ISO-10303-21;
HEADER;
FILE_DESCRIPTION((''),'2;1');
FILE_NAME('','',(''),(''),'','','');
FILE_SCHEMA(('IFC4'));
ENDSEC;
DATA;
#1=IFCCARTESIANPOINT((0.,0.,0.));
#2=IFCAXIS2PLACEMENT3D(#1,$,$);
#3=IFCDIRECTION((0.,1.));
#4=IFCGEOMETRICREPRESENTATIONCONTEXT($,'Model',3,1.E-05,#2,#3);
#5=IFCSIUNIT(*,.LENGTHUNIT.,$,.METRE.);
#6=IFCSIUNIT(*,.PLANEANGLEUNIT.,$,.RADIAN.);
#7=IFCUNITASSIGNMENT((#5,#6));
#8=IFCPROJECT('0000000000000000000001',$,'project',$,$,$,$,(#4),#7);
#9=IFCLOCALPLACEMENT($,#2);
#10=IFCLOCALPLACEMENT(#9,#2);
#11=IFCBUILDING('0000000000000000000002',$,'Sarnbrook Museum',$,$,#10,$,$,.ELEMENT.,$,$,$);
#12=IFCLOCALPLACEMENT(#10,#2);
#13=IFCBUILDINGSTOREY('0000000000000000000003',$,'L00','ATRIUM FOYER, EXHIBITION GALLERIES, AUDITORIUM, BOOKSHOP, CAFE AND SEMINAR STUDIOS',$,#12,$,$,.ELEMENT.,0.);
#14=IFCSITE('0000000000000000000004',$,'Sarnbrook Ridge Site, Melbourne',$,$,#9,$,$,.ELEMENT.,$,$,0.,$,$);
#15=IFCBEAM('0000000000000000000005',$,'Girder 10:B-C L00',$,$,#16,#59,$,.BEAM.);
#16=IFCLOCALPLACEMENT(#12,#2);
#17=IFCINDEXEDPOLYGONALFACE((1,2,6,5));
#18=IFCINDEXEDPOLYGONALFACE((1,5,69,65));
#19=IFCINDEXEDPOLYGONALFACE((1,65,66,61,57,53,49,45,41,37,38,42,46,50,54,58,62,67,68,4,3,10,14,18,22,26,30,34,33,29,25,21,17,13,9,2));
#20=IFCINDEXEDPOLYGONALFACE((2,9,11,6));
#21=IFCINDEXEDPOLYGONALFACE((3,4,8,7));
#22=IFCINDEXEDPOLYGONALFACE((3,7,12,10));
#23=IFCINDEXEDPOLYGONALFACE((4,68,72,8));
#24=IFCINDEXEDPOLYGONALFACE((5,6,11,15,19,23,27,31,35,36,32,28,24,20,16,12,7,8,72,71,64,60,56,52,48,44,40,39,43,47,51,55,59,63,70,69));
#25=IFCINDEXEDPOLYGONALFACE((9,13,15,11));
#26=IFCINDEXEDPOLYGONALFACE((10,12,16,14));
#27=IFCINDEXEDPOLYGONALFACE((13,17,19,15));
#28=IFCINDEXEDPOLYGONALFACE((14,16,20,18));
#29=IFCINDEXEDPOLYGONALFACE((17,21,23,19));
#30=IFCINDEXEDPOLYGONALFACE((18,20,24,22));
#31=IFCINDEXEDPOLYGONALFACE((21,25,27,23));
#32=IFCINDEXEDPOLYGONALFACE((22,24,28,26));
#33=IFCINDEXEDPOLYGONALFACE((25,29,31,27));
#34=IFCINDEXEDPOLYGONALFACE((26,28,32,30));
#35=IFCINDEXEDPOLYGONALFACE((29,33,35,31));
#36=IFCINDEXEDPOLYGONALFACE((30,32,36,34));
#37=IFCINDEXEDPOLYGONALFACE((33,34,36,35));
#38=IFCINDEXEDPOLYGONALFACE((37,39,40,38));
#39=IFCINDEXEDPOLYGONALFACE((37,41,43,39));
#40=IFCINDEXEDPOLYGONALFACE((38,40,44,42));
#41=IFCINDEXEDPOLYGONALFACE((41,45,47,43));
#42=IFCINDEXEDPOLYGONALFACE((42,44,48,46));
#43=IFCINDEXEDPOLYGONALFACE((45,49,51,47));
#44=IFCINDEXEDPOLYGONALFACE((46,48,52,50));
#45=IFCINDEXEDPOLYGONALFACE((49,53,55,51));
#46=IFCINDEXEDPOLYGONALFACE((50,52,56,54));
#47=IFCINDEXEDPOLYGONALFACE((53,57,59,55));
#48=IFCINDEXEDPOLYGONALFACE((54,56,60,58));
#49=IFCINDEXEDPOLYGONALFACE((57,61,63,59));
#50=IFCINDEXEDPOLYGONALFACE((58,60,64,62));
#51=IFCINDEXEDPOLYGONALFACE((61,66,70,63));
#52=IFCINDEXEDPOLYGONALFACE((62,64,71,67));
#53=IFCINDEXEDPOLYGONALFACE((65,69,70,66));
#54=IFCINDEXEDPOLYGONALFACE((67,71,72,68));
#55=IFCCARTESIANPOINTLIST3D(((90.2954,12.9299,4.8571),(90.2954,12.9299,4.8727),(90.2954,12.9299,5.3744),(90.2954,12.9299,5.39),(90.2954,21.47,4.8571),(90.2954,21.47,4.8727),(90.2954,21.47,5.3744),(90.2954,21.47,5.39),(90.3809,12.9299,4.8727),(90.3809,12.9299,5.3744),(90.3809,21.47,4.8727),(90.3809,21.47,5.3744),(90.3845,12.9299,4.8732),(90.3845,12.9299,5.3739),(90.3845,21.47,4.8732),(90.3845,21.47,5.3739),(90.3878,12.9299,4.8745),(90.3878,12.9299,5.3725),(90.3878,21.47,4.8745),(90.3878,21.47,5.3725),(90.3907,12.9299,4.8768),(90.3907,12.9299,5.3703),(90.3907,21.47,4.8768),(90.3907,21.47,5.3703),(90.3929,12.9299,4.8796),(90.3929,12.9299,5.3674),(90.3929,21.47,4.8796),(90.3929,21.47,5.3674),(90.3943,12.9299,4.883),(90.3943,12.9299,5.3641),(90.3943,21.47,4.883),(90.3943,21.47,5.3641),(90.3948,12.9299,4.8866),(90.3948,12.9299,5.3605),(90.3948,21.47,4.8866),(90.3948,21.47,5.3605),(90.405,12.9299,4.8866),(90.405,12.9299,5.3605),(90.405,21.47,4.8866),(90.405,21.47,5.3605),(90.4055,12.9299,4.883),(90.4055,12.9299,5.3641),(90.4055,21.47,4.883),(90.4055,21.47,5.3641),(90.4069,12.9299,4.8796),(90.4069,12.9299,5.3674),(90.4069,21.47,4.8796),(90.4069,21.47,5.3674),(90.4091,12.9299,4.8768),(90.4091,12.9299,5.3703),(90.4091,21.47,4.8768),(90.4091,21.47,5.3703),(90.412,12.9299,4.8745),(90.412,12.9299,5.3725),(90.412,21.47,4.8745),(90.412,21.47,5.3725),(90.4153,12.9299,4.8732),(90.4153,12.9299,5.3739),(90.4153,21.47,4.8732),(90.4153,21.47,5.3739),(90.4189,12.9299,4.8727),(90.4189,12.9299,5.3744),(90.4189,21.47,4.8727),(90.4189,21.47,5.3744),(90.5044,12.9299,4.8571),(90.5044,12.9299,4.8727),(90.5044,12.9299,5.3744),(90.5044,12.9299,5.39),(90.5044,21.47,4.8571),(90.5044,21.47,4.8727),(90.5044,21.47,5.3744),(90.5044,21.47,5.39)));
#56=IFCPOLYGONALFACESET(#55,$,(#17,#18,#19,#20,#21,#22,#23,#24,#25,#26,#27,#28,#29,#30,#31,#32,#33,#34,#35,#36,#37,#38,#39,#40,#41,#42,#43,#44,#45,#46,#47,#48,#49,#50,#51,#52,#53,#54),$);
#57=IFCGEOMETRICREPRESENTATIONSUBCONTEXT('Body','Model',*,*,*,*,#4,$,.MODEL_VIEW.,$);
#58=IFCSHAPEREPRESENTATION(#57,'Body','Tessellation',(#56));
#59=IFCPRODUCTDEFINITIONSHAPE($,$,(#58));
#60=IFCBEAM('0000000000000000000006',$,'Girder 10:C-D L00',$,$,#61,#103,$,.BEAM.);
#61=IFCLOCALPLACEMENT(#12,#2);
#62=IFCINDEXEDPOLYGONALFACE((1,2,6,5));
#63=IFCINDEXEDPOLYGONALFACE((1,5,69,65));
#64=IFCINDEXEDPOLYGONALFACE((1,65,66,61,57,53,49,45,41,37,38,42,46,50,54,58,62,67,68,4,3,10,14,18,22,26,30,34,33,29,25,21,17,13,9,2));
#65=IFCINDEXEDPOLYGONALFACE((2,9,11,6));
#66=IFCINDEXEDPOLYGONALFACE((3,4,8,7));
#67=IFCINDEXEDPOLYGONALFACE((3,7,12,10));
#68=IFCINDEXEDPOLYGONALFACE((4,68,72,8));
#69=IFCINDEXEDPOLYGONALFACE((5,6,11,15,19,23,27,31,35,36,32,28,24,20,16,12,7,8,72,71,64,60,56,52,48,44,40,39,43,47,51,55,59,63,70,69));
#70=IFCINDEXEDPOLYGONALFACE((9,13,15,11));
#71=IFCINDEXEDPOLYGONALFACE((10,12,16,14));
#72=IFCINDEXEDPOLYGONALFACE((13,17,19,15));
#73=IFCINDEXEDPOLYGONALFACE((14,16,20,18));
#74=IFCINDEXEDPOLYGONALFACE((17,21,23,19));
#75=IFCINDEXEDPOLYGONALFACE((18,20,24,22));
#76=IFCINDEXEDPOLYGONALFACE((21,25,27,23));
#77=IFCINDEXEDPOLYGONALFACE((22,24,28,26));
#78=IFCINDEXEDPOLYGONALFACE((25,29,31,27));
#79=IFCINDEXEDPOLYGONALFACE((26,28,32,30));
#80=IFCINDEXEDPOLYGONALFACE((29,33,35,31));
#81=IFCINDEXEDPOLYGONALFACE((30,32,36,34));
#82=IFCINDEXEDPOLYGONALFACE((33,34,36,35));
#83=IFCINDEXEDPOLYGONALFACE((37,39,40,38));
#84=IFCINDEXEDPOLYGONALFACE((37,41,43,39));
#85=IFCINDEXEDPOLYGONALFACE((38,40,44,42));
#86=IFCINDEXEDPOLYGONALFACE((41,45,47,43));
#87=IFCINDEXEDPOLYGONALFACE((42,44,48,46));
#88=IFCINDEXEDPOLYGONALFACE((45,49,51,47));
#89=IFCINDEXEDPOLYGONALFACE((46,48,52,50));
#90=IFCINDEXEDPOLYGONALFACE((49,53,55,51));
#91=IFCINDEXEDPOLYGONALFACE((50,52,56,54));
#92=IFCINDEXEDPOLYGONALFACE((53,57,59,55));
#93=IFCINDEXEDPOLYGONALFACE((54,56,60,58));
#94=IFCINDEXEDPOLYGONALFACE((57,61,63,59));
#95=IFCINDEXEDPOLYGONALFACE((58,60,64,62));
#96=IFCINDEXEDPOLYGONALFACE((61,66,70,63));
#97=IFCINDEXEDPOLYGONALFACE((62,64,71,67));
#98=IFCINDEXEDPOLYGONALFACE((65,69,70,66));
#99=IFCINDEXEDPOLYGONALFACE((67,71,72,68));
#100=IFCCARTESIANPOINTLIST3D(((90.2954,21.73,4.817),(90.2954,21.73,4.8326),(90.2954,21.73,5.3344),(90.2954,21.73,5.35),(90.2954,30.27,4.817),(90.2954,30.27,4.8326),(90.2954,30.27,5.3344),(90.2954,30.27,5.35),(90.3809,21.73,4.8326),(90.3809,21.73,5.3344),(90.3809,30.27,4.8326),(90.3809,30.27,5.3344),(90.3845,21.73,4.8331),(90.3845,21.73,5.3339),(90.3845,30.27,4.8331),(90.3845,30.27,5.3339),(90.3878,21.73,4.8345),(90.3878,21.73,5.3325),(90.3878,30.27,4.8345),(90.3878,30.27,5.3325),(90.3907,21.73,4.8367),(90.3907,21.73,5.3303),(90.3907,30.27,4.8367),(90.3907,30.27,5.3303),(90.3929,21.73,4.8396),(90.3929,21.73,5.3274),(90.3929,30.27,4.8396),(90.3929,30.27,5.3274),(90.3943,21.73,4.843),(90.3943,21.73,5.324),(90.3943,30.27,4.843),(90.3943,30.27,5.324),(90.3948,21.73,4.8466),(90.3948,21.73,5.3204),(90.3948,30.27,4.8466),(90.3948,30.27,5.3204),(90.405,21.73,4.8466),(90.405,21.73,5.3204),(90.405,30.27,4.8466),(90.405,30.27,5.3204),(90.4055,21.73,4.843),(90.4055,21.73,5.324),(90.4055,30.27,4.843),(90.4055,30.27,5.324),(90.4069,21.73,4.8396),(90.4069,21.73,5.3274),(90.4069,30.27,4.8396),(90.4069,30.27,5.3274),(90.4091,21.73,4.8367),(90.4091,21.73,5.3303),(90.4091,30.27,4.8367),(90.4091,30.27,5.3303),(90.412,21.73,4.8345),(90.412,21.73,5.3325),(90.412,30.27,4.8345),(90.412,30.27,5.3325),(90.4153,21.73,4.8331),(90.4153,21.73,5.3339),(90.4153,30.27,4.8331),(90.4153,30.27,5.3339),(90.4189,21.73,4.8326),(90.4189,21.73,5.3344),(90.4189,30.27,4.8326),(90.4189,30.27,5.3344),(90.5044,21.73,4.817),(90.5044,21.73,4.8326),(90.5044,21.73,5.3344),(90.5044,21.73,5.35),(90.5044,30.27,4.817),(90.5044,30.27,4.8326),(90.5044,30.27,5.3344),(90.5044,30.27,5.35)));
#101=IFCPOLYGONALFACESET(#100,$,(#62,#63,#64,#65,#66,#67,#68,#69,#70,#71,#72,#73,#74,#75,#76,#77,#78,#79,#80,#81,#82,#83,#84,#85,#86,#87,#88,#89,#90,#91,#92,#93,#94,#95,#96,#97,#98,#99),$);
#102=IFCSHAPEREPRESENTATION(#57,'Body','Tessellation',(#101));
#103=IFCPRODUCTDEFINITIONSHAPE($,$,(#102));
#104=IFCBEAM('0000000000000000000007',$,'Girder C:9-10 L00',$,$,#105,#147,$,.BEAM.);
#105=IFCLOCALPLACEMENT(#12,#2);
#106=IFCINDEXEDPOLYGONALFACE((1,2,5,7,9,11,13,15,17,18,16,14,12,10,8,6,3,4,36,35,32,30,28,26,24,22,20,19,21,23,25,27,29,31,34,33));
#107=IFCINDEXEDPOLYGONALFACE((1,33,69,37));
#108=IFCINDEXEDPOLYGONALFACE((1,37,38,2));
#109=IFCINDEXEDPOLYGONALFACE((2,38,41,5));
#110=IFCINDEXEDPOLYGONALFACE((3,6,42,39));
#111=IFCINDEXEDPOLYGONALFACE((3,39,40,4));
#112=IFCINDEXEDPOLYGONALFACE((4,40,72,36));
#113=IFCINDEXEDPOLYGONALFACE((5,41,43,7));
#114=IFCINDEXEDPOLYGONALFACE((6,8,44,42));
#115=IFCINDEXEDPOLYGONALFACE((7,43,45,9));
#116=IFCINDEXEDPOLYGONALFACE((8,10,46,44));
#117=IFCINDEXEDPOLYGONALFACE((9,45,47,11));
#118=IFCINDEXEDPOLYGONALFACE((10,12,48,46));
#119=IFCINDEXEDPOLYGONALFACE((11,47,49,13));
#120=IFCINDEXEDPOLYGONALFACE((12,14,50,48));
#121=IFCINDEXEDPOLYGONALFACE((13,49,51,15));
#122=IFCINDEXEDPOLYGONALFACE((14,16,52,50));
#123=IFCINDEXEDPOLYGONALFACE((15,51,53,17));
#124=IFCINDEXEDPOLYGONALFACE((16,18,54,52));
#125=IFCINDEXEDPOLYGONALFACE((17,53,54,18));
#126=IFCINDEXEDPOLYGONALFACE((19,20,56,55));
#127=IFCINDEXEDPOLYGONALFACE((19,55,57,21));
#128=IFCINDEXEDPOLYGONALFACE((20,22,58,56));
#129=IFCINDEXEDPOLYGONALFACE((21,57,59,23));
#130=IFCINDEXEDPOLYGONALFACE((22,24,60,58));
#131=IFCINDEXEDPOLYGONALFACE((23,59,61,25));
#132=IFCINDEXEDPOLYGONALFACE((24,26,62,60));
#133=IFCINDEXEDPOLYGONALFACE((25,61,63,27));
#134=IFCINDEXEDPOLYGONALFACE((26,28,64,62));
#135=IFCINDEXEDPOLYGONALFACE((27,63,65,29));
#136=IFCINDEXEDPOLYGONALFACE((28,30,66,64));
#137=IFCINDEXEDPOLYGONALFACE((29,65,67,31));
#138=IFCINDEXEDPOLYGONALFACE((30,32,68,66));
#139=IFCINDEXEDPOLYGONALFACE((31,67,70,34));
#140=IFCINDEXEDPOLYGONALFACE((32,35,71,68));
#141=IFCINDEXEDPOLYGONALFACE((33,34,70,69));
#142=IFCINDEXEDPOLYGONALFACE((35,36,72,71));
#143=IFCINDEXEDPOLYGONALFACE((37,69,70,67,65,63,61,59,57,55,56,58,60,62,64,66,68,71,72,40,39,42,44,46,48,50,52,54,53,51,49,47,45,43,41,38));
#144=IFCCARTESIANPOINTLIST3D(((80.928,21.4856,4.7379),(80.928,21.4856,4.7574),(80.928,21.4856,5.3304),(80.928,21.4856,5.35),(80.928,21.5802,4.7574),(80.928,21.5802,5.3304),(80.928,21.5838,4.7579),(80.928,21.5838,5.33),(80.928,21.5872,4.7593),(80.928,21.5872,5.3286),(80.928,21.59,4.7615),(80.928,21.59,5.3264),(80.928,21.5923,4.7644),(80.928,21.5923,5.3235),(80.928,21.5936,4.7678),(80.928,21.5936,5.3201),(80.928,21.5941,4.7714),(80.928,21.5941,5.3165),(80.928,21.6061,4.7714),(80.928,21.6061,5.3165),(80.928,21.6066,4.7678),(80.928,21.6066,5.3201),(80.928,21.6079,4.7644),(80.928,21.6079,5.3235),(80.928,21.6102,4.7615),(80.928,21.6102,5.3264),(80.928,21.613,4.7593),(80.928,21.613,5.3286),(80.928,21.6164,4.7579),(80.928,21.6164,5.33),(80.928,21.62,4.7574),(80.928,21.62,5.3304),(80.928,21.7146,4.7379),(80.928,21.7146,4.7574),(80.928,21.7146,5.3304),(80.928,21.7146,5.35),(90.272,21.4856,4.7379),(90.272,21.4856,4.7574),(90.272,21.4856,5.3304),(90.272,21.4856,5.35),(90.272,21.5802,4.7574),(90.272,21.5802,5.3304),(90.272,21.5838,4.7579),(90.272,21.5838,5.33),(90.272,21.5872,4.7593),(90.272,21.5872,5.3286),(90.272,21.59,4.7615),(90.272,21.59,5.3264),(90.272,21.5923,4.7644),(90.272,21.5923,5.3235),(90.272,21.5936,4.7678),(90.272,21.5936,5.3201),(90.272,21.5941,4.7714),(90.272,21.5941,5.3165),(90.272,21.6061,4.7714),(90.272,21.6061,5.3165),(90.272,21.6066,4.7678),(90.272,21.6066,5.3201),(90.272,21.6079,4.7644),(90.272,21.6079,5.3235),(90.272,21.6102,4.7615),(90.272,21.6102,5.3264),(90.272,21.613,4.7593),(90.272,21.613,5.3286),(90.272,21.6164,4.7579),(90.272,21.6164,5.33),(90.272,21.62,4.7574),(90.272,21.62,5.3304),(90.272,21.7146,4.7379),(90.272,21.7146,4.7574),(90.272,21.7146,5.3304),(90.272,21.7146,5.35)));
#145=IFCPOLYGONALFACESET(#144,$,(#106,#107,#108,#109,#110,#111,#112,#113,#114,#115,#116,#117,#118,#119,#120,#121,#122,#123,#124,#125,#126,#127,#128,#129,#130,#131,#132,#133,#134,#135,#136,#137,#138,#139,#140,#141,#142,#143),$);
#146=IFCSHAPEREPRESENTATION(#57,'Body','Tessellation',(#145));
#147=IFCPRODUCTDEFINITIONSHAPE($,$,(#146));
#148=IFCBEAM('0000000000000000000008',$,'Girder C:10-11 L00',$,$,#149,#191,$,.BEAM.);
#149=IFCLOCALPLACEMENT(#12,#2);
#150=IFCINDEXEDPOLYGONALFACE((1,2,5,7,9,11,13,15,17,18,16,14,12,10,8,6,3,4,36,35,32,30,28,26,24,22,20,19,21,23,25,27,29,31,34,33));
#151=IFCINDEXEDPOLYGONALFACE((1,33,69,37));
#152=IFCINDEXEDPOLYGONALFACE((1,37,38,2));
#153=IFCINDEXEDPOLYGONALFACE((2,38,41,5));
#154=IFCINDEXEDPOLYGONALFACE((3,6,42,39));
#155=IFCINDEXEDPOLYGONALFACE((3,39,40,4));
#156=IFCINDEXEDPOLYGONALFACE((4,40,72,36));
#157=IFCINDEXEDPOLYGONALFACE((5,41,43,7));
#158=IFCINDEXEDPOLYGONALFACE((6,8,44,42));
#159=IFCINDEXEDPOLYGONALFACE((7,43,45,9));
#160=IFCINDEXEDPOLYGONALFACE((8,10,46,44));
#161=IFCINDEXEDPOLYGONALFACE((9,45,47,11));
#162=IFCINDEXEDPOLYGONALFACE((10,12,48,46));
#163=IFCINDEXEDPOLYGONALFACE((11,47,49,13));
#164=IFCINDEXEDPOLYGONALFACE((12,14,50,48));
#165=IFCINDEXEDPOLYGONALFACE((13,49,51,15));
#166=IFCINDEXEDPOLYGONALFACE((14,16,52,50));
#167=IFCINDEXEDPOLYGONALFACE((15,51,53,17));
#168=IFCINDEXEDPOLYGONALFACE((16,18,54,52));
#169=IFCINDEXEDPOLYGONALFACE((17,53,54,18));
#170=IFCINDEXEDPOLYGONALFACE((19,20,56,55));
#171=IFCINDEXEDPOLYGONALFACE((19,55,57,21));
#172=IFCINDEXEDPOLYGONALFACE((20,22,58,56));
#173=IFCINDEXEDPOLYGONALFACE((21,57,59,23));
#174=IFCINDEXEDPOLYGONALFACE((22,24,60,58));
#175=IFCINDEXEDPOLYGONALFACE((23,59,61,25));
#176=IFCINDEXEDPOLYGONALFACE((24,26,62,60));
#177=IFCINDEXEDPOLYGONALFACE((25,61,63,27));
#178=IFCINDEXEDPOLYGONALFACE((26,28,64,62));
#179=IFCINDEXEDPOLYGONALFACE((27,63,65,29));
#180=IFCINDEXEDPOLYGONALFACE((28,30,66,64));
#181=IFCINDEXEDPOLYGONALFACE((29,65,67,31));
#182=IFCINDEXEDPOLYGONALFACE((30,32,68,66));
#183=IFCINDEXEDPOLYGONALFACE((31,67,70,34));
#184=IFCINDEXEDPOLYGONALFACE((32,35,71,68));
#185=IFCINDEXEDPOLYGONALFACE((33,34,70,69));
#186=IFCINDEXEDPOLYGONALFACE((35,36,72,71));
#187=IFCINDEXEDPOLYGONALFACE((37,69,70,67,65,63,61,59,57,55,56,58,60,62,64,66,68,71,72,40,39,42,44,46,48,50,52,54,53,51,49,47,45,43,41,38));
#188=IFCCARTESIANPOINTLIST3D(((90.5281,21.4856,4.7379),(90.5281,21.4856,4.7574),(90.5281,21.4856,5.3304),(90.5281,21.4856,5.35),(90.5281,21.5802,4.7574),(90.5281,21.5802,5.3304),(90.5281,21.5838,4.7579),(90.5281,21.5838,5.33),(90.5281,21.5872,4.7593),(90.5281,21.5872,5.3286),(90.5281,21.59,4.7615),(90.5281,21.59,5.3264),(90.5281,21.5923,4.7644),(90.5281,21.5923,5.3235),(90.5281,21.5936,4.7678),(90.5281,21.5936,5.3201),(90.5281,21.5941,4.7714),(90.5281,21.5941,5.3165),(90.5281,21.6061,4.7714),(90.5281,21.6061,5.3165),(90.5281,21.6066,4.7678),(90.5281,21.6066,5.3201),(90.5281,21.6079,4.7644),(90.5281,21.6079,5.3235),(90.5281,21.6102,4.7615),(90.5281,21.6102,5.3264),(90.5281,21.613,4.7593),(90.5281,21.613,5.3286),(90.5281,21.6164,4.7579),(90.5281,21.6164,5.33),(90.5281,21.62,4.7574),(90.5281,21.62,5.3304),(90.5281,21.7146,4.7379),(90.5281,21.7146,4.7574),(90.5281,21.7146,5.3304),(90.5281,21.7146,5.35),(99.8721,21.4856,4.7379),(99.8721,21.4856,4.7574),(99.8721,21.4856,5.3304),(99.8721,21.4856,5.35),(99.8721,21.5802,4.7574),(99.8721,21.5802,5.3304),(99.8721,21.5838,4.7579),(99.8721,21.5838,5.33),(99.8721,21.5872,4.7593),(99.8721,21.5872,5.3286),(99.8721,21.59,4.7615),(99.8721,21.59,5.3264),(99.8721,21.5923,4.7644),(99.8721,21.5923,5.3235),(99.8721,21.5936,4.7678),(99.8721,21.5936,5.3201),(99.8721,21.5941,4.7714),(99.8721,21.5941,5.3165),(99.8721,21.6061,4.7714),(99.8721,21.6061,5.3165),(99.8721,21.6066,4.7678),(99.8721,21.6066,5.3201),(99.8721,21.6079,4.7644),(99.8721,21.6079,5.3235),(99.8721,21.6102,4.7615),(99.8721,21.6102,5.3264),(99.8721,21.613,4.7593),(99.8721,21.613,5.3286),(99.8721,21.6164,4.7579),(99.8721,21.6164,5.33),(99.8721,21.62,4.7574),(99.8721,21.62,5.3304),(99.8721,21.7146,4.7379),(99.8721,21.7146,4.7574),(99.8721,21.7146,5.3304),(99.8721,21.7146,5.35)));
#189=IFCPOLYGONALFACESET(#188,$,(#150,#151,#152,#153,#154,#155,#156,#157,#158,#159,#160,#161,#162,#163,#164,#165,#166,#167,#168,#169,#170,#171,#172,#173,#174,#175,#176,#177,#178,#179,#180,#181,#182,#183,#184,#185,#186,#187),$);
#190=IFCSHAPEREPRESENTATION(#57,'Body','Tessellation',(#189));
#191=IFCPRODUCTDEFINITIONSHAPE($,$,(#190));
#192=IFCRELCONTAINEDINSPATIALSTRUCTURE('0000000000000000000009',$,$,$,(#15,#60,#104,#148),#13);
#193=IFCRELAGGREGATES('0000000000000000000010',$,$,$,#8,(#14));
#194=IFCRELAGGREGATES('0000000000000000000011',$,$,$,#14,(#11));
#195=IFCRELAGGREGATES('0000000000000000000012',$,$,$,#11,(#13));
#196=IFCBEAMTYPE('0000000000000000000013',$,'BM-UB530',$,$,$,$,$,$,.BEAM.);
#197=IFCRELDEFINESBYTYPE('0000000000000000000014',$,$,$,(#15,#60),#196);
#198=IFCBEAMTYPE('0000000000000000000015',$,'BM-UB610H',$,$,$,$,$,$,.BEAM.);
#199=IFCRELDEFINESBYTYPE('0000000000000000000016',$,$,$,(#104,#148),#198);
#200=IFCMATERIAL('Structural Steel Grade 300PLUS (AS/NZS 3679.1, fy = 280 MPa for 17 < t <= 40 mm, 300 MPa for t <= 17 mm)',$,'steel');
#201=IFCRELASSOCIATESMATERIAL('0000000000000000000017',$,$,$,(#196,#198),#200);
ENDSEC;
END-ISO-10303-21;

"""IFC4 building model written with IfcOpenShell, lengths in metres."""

from ifc_helpers import new_model, si_unit, direction, frame, origin, origin_2d, place, context, subcontext, project, spatial, i_section, extrude, material, material_profile, profile_set, type_object, element, save


model = new_model("IFC4")

# Units and contexts
model_context = context("Model", 3, precision=1e-05, world=origin(), true_north=direction((0.0, 1.0)))
body_context = subcontext(model_context, "Body", "Model", "MODEL_VIEW")
ifc_project = project(units=[si_unit("LENGTHUNIT", "METRE"), si_unit("PLANEANGLEUNIT", "RADIAN")], contexts=[model_context])

# Site, building, storey
site_placement = place(None, origin())
site = spatial("IfcSite", under=ifc_project, at=site_placement, Name="Sarnbrook Ridge Site, Melbourne", CompositionType="ELEMENT", RefElevation=0.0)
building_placement = place(site_placement, origin())
building = spatial("IfcBuilding", under=site, at=building_placement, Name="Sarnbrook Museum", CompositionType="ELEMENT")
storey_placement = place(building_placement, origin())
storey = spatial("IfcBuildingStorey", under=building, at=storey_placement, Name="L00", Description="ATRIUM FOYER, EXHIBITION GALLERIES, AUDITORIUM, BOOKSHOP, CAFE AND SEMINAR STUDIOS", CompositionType="ELEMENT", Elevation=0.0)

# Shared definitions
ifc_material_1 = material(Name="Structural Steel Grade 300PLUS (AS/NZS 3679.1, fy = 280 MPa for 17 < t <= 40 mm, 300 MPa for t <= 17 mm)", Category="steel")

# Beams
ifc_material_profile_1 = material_profile(ifc_material_1, i_section(OverallWidth=0.209, OverallDepth=0.533, WebThickness=0.0103, FlangeThickness=0.0156, FilletRadius=0.0139, at=origin_2d()), Name="530UB92.4")
ifc_profile_set_1 = profile_set([ifc_material_profile_1], Name="Structural Steel Grade 300PLUS (AS/NZS 3679.1, fy = 280 MPa for 17 < t <= 40 mm, 300 MPa for t <= 17 mm)")
beam_type_1 = type_object("IfcBeamType", Name="BM-UB530", PredefinedType="BEAM", material=ifc_profile_set_1)
for number, where, z_axis, x_axis, name in (
    (1, (90.3999, 12.9299, 5.1235), (0.0, 1.0, 0.0), (-1.0, 0.0, 0.0), "Girder 10:B-C L00"),
    (2, (90.3999, 21.73, 5.0835), (0.0, 1.0, 0.0), (-1.0, 0.0, 0.0), "Girder 10:C-D L00"),
):
    element("IfcBeam", number, at=place(storey_placement, frame(where, z_axis=z_axis, x_axis=x_axis)), inside=storey, type_object=beam_type_1, Name=name, PredefinedType="BEAM", context=body_context, shape_type="SweptSolid", body=[
        extrude(i_section(OverallWidth=0.209, OverallDepth=0.533, WebThickness=0.0103, FlangeThickness=0.0156, FilletRadius=0.0139, at=origin_2d()), origin(), (0.0, 0.0, 1.0), 8.54),
    ])
ifc_material_profile_2 = material_profile(ifc_material_1, i_section(OverallWidth=0.229, OverallDepth=0.6121, WebThickness=0.012, FlangeThickness=0.0195, FilletRadius=0.0139, at=origin_2d()), Name="610UB125")
ifc_profile_set_2 = profile_set([ifc_material_profile_2], Name="Structural Steel Grade 300PLUS (AS/NZS 3679.1, fy = 280 MPa for 17 < t <= 40 mm, 300 MPa for t <= 17 mm)")
beam_type_2 = type_object("IfcBeamType", Name="BM-UB610H", PredefinedType="BEAM", material=ifc_profile_set_2)
for number, where, z_axis, x_axis, name in (
    (3, (80.928, 21.6001, 5.0439), (1.0, 0.0, 0.0), (0.0, 1.0, 0.0), "Girder C:9-10 L00"),
    (4, (90.5281, 21.6001, 5.0439), (1.0, 0.0, 0.0), (0.0, 1.0, 0.0), "Girder C:10-11 L00"),
):
    element("IfcBeam", number, at=place(storey_placement, frame(where, z_axis=z_axis, x_axis=x_axis)), inside=storey, type_object=beam_type_2, Name=name, PredefinedType="BEAM", context=body_context, shape_type="SweptSolid", body=[
        extrude(i_section(OverallWidth=0.229, OverallDepth=0.6121, WebThickness=0.012, FlangeThickness=0.0195, FilletRadius=0.0139, at=origin_2d()), origin(), (0.0, 0.0, 1.0), 9.344),
    ])

save(model, "model.ifc")
